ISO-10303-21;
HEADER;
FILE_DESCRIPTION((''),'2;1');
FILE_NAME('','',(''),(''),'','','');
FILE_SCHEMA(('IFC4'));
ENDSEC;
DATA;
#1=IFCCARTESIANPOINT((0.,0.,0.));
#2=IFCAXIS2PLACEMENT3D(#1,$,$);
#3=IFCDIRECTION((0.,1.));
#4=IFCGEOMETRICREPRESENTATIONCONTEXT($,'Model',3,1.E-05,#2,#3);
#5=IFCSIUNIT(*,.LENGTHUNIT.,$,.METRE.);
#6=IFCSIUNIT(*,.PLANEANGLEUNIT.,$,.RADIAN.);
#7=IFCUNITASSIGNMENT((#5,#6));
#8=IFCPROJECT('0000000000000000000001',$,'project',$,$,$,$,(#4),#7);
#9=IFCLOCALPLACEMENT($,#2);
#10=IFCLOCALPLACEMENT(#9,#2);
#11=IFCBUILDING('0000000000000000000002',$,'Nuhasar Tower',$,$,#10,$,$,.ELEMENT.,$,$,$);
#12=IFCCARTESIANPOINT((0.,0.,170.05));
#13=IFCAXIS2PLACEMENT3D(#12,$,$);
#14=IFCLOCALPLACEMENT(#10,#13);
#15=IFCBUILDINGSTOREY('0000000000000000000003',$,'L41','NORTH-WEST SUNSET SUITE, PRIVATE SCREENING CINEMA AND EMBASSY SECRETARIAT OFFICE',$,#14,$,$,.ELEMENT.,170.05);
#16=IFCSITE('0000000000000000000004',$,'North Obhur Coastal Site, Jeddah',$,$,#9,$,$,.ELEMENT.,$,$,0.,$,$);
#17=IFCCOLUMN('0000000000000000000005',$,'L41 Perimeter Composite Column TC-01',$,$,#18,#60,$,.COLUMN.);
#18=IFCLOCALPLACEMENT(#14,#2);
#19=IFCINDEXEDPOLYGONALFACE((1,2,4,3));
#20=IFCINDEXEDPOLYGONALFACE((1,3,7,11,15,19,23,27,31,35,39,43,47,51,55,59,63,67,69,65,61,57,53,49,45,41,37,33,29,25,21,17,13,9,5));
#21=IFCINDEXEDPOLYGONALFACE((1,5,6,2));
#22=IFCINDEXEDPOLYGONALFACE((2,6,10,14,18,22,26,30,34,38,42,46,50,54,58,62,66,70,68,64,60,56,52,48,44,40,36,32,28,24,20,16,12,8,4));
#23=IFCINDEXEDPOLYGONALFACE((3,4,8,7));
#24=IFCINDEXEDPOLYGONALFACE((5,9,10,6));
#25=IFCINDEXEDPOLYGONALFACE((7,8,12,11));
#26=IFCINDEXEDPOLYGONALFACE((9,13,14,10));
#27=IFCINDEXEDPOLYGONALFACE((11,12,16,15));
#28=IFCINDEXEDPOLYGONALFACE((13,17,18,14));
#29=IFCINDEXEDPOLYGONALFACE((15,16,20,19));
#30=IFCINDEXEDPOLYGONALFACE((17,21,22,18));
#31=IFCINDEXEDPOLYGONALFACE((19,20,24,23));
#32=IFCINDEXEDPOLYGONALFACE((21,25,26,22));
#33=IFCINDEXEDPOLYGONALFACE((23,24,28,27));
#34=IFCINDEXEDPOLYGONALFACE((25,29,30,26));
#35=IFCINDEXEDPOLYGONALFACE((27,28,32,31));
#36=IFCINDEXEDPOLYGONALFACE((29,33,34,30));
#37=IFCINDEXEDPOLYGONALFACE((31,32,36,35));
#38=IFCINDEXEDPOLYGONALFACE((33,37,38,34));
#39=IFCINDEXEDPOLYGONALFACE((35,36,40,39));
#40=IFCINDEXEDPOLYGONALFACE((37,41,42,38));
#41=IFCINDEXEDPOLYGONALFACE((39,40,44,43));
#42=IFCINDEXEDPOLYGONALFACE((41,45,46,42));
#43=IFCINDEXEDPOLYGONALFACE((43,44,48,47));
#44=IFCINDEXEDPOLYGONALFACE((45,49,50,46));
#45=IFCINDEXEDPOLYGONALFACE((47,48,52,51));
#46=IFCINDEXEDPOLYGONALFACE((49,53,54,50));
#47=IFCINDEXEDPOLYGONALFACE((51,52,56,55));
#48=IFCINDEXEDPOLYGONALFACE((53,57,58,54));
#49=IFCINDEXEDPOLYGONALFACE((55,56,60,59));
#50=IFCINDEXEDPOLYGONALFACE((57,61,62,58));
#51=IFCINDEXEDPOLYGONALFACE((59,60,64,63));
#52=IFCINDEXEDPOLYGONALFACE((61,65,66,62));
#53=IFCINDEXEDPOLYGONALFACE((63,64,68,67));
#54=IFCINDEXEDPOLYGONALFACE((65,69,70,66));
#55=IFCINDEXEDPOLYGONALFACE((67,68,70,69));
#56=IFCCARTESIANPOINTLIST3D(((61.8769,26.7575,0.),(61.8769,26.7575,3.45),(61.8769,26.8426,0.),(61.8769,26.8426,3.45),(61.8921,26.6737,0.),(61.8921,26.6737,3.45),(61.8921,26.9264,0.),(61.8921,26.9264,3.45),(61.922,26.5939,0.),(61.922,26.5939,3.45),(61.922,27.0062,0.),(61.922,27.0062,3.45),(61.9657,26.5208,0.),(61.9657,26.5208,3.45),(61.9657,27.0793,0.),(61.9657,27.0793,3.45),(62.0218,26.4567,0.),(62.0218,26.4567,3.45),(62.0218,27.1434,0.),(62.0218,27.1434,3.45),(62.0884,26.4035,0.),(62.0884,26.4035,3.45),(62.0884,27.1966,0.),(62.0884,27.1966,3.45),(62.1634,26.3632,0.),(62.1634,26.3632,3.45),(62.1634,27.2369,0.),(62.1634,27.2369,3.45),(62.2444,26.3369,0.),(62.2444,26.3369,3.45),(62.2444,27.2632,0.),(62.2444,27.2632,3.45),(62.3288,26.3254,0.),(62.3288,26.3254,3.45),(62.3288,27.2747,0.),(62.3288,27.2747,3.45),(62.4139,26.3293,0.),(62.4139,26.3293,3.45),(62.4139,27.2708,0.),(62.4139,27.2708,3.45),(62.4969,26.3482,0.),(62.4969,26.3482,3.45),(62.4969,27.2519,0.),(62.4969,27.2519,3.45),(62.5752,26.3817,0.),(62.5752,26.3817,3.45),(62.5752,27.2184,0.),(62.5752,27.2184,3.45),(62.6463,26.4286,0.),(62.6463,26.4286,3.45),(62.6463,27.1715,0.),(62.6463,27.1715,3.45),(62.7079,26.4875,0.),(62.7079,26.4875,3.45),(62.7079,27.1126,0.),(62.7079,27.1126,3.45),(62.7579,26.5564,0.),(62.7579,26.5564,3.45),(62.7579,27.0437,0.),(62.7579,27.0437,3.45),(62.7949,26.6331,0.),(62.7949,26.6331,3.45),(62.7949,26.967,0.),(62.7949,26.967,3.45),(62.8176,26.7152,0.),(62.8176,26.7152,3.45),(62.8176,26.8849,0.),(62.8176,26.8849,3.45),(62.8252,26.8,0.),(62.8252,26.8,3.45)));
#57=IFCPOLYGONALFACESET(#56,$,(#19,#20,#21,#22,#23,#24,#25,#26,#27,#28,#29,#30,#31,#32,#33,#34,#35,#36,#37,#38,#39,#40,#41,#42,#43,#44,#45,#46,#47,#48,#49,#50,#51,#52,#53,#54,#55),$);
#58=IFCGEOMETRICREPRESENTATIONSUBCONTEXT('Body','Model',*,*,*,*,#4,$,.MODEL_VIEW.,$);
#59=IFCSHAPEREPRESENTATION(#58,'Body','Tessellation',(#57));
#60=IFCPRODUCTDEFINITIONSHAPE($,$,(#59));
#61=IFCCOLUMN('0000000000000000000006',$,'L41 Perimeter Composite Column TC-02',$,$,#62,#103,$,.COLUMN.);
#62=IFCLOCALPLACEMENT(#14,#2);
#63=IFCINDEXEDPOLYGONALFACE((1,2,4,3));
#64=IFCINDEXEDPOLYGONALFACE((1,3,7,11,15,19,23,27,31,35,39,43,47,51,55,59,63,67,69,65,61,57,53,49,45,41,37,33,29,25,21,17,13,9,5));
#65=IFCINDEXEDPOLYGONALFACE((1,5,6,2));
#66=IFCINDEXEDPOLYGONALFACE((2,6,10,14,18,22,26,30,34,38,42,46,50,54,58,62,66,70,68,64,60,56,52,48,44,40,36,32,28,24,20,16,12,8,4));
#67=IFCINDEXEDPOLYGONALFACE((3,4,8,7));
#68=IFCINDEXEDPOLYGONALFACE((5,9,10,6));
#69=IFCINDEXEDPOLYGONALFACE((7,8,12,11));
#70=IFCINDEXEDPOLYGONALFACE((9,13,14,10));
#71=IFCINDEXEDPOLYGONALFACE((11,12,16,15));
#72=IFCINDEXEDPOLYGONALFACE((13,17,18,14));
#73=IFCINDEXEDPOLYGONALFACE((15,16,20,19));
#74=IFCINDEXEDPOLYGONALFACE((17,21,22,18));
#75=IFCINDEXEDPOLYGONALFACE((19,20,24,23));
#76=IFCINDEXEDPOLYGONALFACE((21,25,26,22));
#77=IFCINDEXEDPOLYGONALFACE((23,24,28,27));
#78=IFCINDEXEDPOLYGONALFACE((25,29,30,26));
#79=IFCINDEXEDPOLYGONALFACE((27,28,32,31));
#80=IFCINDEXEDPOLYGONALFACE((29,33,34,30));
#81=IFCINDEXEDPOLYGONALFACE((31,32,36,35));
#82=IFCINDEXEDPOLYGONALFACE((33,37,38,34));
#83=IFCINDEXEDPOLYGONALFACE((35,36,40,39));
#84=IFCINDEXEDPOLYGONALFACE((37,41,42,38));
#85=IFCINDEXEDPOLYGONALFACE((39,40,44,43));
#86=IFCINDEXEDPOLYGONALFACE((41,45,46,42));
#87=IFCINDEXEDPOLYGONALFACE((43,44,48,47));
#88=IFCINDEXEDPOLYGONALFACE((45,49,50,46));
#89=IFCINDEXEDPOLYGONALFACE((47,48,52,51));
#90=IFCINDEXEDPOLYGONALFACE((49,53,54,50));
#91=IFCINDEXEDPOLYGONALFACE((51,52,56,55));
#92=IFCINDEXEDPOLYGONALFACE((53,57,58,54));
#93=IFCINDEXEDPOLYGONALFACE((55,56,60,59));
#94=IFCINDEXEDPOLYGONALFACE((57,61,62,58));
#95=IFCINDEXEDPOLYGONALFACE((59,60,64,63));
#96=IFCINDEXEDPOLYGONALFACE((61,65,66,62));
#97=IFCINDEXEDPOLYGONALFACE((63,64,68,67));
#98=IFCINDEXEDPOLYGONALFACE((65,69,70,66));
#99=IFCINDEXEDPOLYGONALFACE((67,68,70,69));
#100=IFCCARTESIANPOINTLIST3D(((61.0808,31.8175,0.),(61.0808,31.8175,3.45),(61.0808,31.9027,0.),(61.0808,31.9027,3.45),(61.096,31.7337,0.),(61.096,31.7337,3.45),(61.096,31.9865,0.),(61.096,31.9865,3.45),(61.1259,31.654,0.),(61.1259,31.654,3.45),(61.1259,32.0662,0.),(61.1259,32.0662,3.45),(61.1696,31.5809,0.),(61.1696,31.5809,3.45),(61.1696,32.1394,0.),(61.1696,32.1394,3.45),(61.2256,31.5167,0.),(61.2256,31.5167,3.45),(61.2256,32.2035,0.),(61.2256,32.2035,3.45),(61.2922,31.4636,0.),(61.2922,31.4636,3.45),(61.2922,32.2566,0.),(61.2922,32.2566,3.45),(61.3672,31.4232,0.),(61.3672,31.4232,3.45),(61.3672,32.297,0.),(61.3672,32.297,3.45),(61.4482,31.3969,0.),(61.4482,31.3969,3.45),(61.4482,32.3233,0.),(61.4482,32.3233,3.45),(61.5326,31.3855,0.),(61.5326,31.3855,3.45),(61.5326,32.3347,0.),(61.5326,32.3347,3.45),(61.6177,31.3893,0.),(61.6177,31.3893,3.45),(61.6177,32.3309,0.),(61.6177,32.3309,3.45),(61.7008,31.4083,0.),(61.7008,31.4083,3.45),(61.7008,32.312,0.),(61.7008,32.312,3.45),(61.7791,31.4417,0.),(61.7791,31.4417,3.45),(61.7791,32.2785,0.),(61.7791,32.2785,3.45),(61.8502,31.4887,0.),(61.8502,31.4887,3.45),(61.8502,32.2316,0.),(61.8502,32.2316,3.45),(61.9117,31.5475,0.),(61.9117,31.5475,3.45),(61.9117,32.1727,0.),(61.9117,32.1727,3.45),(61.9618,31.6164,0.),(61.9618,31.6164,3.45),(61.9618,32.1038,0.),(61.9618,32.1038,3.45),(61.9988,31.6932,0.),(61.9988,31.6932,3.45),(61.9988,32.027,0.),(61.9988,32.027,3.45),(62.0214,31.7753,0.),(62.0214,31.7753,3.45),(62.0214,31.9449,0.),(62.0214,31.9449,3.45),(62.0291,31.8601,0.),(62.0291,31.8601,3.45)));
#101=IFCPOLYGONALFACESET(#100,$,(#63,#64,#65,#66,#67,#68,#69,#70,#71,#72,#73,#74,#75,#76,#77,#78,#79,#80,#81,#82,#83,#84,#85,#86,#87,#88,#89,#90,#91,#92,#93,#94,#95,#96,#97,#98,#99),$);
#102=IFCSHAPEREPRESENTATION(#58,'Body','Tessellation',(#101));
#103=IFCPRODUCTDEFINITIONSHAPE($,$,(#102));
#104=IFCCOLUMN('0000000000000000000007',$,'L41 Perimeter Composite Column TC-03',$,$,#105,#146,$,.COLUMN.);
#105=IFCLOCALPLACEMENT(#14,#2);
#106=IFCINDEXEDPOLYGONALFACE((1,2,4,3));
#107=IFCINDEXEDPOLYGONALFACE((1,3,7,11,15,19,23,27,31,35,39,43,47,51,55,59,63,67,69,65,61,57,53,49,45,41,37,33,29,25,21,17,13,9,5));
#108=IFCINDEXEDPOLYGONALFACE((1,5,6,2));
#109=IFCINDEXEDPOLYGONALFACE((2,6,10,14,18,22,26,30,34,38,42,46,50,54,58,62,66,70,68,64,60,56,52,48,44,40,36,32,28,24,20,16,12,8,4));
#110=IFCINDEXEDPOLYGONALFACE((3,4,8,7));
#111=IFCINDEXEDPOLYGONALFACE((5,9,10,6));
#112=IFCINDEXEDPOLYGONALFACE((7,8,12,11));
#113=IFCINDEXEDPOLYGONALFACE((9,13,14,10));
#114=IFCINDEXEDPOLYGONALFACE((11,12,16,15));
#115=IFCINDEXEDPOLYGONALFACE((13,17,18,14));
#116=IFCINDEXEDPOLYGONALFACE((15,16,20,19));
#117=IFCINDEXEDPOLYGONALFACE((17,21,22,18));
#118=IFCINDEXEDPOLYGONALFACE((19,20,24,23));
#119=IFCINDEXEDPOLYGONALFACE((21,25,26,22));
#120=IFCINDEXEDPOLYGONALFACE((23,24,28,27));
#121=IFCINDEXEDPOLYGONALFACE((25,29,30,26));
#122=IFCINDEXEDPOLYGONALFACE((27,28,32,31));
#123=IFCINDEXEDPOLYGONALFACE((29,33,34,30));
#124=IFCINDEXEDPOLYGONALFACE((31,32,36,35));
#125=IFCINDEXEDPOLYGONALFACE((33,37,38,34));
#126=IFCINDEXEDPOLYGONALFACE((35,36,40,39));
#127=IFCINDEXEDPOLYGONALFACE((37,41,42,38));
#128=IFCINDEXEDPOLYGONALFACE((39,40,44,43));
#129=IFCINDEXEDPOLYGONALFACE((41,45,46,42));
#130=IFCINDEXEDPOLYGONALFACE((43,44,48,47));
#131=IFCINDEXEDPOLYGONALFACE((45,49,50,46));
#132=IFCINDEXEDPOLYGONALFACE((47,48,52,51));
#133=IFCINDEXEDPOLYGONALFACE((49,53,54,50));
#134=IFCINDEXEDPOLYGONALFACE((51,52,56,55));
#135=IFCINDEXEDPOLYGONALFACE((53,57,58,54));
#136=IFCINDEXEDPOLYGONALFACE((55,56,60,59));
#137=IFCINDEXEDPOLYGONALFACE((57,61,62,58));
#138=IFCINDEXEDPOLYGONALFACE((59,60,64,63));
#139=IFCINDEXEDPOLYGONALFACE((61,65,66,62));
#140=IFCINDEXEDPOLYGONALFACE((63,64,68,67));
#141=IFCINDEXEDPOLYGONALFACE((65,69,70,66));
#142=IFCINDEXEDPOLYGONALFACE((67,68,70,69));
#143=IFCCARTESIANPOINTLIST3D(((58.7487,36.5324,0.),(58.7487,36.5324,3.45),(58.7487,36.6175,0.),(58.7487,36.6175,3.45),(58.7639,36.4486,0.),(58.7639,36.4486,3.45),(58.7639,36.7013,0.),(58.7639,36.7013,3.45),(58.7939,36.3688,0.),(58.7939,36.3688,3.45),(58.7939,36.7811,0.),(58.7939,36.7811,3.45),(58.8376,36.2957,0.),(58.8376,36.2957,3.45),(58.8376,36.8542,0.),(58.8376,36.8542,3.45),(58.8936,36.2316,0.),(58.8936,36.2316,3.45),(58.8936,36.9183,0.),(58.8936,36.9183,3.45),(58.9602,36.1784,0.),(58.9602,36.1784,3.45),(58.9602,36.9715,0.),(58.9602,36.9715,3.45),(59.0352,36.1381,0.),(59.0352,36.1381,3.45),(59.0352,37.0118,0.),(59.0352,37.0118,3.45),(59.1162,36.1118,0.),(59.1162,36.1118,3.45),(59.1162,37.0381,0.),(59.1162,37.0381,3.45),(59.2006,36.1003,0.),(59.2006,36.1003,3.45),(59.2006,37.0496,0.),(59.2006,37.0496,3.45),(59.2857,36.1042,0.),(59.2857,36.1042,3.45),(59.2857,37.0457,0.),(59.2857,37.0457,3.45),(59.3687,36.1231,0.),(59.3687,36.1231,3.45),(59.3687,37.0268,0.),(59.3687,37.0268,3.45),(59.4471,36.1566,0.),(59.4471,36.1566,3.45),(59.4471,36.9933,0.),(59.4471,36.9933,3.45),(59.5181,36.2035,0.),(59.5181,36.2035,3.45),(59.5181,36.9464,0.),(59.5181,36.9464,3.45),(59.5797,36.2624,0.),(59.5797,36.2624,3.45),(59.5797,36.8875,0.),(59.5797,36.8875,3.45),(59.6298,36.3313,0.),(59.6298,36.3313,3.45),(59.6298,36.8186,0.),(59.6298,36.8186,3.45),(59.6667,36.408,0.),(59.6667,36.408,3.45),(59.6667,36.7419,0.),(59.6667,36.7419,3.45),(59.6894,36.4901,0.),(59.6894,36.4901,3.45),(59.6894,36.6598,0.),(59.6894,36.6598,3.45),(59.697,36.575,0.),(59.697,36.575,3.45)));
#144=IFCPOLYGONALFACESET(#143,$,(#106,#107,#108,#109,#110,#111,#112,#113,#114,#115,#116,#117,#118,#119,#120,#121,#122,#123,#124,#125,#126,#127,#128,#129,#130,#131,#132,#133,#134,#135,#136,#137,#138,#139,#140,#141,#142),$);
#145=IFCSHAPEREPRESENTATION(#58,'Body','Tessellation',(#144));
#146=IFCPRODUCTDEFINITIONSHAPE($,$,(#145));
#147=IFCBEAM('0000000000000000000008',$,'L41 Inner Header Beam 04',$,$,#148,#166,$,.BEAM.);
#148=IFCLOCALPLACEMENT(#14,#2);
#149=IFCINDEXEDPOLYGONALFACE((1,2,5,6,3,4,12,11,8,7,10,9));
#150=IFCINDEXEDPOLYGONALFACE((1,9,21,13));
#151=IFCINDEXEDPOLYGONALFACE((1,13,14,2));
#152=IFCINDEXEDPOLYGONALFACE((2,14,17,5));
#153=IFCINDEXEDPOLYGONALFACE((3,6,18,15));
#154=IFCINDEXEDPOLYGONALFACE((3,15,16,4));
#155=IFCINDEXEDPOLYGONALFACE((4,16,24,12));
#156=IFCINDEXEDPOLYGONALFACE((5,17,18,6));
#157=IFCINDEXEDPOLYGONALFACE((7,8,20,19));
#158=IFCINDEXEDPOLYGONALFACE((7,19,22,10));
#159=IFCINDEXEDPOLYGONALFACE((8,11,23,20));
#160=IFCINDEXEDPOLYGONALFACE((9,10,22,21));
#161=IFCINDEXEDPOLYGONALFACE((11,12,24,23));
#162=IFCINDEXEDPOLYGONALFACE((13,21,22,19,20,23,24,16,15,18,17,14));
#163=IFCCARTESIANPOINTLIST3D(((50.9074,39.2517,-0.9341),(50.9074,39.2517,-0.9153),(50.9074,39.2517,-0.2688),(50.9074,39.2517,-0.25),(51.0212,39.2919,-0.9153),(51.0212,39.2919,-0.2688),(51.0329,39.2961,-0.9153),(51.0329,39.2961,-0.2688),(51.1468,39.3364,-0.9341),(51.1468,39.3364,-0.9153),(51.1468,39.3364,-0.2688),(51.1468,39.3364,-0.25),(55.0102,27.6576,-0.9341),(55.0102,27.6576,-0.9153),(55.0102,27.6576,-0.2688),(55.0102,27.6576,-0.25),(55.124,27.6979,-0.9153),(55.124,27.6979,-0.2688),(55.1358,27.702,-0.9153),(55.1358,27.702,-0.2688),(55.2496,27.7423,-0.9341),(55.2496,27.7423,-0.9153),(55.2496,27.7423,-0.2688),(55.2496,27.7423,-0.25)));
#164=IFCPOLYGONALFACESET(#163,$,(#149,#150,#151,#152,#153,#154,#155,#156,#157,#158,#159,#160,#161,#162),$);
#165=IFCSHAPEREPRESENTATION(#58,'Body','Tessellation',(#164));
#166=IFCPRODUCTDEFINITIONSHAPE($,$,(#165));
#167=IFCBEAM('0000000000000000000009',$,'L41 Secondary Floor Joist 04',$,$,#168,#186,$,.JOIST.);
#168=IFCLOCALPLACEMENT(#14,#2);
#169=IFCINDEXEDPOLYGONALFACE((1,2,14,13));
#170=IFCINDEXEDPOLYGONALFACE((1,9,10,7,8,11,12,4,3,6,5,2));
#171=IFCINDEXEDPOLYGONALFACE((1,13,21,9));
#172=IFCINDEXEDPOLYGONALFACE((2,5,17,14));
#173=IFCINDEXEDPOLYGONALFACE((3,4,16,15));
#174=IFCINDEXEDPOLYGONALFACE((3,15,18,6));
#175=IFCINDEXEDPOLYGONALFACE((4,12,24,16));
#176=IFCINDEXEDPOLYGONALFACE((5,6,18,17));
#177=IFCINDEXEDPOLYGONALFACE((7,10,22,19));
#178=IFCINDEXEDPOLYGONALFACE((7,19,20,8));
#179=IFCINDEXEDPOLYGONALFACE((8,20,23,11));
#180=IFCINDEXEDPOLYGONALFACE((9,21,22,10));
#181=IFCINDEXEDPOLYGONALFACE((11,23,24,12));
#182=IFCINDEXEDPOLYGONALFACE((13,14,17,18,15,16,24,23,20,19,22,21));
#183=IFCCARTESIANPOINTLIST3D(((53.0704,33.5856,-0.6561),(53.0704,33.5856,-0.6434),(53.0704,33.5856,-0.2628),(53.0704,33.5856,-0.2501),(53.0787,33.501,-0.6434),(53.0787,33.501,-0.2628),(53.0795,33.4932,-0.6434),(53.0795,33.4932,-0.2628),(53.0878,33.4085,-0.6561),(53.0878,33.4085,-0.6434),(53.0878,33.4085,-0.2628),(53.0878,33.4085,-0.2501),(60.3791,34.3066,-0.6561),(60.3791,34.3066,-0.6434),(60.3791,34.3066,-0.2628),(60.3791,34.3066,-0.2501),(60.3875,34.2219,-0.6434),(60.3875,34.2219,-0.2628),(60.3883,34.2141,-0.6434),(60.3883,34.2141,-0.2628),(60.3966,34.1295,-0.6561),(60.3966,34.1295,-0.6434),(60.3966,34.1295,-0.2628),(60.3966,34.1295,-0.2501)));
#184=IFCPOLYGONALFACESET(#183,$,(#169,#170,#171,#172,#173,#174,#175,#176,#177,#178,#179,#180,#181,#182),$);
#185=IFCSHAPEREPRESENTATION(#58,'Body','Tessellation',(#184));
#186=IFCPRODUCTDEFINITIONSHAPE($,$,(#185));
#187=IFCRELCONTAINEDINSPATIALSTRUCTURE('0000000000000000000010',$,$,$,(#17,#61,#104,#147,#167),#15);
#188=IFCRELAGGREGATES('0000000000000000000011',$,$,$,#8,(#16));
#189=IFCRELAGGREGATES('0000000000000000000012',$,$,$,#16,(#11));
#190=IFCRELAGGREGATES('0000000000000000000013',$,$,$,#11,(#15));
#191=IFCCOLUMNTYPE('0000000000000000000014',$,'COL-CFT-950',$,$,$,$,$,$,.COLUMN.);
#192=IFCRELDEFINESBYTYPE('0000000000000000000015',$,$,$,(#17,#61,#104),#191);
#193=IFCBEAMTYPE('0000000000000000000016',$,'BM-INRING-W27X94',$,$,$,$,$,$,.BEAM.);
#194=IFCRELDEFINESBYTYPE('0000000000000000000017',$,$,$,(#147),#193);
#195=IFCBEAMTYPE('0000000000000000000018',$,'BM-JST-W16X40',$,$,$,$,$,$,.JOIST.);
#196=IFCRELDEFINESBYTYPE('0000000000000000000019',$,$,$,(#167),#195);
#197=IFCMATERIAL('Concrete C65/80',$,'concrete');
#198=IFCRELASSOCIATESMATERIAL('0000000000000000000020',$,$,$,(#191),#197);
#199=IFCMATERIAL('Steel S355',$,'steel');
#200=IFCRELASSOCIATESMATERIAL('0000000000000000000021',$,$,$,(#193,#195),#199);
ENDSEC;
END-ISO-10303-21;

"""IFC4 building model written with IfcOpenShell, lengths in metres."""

from ifc_helpers import new_model, si_unit, direction, frame, origin, origin_2d, place, context, subcontext, project, spatial, circle, i_section, extrude, material, material_profile, profile_set, type_object, element, save


model = new_model("IFC4")

# Units and contexts
model_context = context("Model", 3, precision=1e-05, world=origin(), true_north=direction((0.0, 1.0)))
body_context = subcontext(model_context, "Body", "Model", "MODEL_VIEW")
ifc_project = project(units=[si_unit("LENGTHUNIT", "METRE"), si_unit("PLANEANGLEUNIT", "RADIAN")], contexts=[model_context])

# Site, building, storey
site_placement = place(None, origin())
site = spatial("IfcSite", under=ifc_project, at=site_placement, Name="North Obhur Coastal Site, Jeddah", CompositionType="ELEMENT", RefElevation=0.0)
building_placement = place(site_placement, origin())
building = spatial("IfcBuilding", under=site, at=building_placement, Name="Nuhasar Tower", CompositionType="ELEMENT")
storey_placement = place(building_placement, frame((0.0, 0.0, 170.05)))
storey = spatial("IfcBuildingStorey", under=building, at=storey_placement, Name="L41", Description="NORTH-WEST SUNSET SUITE, PRIVATE SCREENING CINEMA AND EMBASSY SECRETARIAT OFFICE", CompositionType="ELEMENT", Elevation=170.05)

# Columns
ifc_material_1 = material(Name="Concrete C65/80", Category="concrete")
ifc_material_profile_1 = material_profile(ifc_material_1, circle(Radius=0.4751, at=origin_2d()), Name="CFT950")
ifc_profile_set_1 = profile_set([ifc_material_profile_1], Name="Concrete C65/80")
column_type = type_object("IfcColumnType", Name="COL-CFT-950", PredefinedType="COLUMN", material=ifc_profile_set_1)
for number, where, z_axis, x_axis, name in (
    (1, (62.3501, 26.8, 0.0), (0.0, 0.0, 1.0), (1.0, 0.0, 0.0), "L41 Perimeter Composite Column TC-01"),
    (2, (61.554, 31.8601, 0.0), (0.0, 0.0, 1.0), (1.0, 0.0, 0.0), "L41 Perimeter Composite Column TC-02"),
    (3, (59.2219, 36.575, 0.0), (0.0, 0.0, 1.0), (1.0, 0.0, 0.0), "L41 Perimeter Composite Column TC-03"),
):
    element("IfcColumn", number, at=place(storey_placement, frame(where, z_axis=z_axis, x_axis=x_axis)), inside=storey, type_object=column_type, Name=name, PredefinedType="COLUMN", context=body_context, shape_type="SweptSolid", body=[
        extrude(circle(Radius=0.4751, at=origin_2d()), origin(), (0.0, 0.0, 1.0), 3.45),
    ])

# Beams
ifc_material_2 = material(Name="Steel S355", Category="steel")
ifc_material_profile_2 = material_profile(ifc_material_2, i_section(OverallWidth=0.2539, OverallDepth=0.6841, WebThickness=0.0125, FlangeThickness=0.0188, at=origin_2d()), Name="W27X94")
ifc_profile_set_2 = profile_set([ifc_material_profile_2], Name="Steel S355")
beam_type_1 = type_object("IfcBeamType", Name="BM-INRING-W27X94", PredefinedType="BEAM", material=ifc_profile_set_2)
beam_1_placement = place(storey_placement, frame((55.1299, 27.7, -0.592), z_axis=(-0.3336, 0.942715, 0.0), x_axis=(-0.942715, -0.3336, 0.0)))
element("IfcBeam", 4, at=beam_1_placement, inside=storey, type_object=beam_type_1, Name="L41 Inner Header Beam 04", PredefinedType="BEAM", context=body_context, shape_type="SweptSolid", body=[
    extrude(i_section(OverallWidth=0.2539, OverallDepth=0.6841, WebThickness=0.0125, FlangeThickness=0.0188, at=origin_2d()), origin(), (0.0, 0.0, 1.0), 12.2986),
])
ifc_material_profile_3 = material_profile(ifc_material_2, i_section(OverallWidth=0.178, OverallDepth=0.406, WebThickness=0.0078, FlangeThickness=0.0127, at=origin_2d()), Name="W16X40")
ifc_profile_set_3 = profile_set([ifc_material_profile_3], Name="Steel S355")
beam_type_2 = type_object("IfcBeamType", Name="BM-JST-W16X40", PredefinedType="JOIST", material=ifc_profile_set_3)
beam_2_placement = place(storey_placement, frame((53.0791, 33.4971, -0.4531), z_axis=(0.99517, 0.098164, 0.0), x_axis=(-0.098164, 0.99517, 0.0)))
element("IfcBeam", 5, at=beam_2_placement, inside=storey, type_object=beam_type_2, Name="L41 Secondary Floor Joist 04", PredefinedType="JOIST", context=body_context, shape_type="SweptSolid", body=[
    extrude(i_section(OverallWidth=0.178, OverallDepth=0.406, WebThickness=0.0078, FlangeThickness=0.0127, at=origin_2d()), origin(), (0.0, 0.0, 1.0), 7.3442),
])

save(model, "model.ifc")
